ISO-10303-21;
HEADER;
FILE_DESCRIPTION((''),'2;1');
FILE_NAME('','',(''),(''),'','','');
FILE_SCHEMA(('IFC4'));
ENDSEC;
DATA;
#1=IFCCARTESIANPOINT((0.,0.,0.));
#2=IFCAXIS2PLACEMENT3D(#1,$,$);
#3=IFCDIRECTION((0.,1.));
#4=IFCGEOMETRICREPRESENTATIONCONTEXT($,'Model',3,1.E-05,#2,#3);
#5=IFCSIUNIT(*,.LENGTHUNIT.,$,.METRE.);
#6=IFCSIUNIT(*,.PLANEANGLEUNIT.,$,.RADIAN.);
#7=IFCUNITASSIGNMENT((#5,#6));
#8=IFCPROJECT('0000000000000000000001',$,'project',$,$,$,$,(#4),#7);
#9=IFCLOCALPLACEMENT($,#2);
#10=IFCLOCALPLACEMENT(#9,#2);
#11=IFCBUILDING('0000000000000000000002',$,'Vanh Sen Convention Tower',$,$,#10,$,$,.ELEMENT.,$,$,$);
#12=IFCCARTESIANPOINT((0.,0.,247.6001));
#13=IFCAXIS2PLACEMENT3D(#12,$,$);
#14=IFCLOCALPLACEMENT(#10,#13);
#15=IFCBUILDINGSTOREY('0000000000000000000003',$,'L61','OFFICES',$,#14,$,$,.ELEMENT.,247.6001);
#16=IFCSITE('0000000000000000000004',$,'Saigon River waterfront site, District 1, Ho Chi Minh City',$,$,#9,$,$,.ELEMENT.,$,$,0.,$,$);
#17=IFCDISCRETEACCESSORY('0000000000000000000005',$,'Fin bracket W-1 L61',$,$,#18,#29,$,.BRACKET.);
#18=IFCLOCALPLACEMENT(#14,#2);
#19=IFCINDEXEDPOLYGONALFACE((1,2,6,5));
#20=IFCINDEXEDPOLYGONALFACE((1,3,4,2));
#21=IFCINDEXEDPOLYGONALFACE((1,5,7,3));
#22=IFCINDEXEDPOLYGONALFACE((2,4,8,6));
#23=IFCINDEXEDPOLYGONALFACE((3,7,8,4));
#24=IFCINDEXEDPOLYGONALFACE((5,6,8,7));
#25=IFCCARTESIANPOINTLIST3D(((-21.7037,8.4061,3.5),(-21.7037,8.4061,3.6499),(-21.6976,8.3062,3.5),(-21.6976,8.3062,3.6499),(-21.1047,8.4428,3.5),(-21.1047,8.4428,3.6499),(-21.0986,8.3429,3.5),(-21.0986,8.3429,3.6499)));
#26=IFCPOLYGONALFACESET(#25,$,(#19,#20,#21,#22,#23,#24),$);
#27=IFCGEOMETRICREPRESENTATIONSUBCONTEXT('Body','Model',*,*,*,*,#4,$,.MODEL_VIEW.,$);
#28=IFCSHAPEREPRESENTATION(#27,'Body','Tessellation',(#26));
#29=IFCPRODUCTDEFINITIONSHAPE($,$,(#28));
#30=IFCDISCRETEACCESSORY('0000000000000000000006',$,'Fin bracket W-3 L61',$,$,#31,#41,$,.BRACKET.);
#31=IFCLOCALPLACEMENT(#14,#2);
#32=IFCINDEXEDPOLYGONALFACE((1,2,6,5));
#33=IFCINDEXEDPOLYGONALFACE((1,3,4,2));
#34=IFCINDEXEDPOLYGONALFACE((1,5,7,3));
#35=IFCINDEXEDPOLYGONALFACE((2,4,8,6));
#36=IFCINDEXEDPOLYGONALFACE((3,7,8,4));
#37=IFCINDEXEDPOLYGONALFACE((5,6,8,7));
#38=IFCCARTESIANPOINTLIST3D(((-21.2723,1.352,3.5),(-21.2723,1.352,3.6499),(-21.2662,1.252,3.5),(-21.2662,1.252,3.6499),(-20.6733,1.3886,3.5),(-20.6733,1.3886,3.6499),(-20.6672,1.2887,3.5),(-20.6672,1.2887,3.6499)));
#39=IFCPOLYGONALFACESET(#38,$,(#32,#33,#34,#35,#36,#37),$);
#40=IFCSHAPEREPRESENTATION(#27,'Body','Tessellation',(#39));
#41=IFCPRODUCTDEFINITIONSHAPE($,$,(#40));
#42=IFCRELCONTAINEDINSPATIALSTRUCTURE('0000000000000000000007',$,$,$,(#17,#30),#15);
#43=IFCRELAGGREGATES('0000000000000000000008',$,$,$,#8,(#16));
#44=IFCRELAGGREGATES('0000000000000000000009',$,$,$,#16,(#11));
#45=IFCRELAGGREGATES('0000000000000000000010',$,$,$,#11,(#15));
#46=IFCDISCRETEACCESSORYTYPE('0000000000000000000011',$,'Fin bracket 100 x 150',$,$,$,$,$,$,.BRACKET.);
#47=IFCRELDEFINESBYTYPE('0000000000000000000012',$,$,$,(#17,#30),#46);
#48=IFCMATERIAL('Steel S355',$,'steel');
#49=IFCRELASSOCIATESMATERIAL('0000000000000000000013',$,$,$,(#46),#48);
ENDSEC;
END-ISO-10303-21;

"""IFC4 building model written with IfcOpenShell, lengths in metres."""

from ifc_helpers import new_model, si_unit, direction, frame, origin, origin_2d, place, context, subcontext, project, spatial, rectangle, extrude, material, type_object, element, save


model = new_model("IFC4")

# Units and contexts
model_context = context("Model", 3, precision=1e-05, world=origin(), true_north=direction((0.0, 1.0)))
body_context = subcontext(model_context, "Body", "Model", "MODEL_VIEW")
ifc_project = project(units=[si_unit("LENGTHUNIT", "METRE"), si_unit("PLANEANGLEUNIT", "RADIAN")], contexts=[model_context])

# Site, building, storey
site_placement = place(None, origin())
site = spatial("IfcSite", under=ifc_project, at=site_placement, Name="Saigon River waterfront site, District 1, Ho Chi Minh City", CompositionType="ELEMENT", RefElevation=0.0)
building_placement = place(site_placement, origin())
building = spatial("IfcBuilding", under=site, at=building_placement, Name="Vanh Sen Convention Tower", CompositionType="ELEMENT")
storey_placement = place(building_placement, frame((0.0, 0.0, 247.6001)))
storey = spatial("IfcBuildingStorey", under=building, at=storey_placement, Name="L61", Description="OFFICES", CompositionType="ELEMENT", Elevation=247.6001)

# Discrete accessories
ifc_material_1 = material(Name="Steel S355", Category="steel")
discrete_accessory_type = type_object("IfcDiscreteAccessoryType", Name="Fin bracket 100 x 150", PredefinedType="BRACKET", material=ifc_material_1)
for number, where, z_axis, x_axis, name in (
    (1, (-21.4011, 8.3745, 3.5), (0.0, 0.0, 1.0), (-0.998135, -0.061049, 0.0), "Fin bracket W-1 L61"),
    (2, (-20.9697, 1.3203, 3.5), (0.0, 0.0, 1.0), (-0.998135, -0.061049, 0.0), "Fin bracket W-3 L61"),
):
    element("IfcDiscreteAccessory", number, at=place(storey_placement, frame(where, z_axis=z_axis, x_axis=x_axis)), inside=storey, type_object=discrete_accessory_type, Name=name, PredefinedType="BRACKET", context=body_context, shape_type="SweptSolid", body=[
        extrude(rectangle(XDim=0.6001, YDim=0.1001, at=origin_2d()), origin(), (0.0, 0.0, 1.0), 0.1499),
    ])

save(model, "model.ifc")
